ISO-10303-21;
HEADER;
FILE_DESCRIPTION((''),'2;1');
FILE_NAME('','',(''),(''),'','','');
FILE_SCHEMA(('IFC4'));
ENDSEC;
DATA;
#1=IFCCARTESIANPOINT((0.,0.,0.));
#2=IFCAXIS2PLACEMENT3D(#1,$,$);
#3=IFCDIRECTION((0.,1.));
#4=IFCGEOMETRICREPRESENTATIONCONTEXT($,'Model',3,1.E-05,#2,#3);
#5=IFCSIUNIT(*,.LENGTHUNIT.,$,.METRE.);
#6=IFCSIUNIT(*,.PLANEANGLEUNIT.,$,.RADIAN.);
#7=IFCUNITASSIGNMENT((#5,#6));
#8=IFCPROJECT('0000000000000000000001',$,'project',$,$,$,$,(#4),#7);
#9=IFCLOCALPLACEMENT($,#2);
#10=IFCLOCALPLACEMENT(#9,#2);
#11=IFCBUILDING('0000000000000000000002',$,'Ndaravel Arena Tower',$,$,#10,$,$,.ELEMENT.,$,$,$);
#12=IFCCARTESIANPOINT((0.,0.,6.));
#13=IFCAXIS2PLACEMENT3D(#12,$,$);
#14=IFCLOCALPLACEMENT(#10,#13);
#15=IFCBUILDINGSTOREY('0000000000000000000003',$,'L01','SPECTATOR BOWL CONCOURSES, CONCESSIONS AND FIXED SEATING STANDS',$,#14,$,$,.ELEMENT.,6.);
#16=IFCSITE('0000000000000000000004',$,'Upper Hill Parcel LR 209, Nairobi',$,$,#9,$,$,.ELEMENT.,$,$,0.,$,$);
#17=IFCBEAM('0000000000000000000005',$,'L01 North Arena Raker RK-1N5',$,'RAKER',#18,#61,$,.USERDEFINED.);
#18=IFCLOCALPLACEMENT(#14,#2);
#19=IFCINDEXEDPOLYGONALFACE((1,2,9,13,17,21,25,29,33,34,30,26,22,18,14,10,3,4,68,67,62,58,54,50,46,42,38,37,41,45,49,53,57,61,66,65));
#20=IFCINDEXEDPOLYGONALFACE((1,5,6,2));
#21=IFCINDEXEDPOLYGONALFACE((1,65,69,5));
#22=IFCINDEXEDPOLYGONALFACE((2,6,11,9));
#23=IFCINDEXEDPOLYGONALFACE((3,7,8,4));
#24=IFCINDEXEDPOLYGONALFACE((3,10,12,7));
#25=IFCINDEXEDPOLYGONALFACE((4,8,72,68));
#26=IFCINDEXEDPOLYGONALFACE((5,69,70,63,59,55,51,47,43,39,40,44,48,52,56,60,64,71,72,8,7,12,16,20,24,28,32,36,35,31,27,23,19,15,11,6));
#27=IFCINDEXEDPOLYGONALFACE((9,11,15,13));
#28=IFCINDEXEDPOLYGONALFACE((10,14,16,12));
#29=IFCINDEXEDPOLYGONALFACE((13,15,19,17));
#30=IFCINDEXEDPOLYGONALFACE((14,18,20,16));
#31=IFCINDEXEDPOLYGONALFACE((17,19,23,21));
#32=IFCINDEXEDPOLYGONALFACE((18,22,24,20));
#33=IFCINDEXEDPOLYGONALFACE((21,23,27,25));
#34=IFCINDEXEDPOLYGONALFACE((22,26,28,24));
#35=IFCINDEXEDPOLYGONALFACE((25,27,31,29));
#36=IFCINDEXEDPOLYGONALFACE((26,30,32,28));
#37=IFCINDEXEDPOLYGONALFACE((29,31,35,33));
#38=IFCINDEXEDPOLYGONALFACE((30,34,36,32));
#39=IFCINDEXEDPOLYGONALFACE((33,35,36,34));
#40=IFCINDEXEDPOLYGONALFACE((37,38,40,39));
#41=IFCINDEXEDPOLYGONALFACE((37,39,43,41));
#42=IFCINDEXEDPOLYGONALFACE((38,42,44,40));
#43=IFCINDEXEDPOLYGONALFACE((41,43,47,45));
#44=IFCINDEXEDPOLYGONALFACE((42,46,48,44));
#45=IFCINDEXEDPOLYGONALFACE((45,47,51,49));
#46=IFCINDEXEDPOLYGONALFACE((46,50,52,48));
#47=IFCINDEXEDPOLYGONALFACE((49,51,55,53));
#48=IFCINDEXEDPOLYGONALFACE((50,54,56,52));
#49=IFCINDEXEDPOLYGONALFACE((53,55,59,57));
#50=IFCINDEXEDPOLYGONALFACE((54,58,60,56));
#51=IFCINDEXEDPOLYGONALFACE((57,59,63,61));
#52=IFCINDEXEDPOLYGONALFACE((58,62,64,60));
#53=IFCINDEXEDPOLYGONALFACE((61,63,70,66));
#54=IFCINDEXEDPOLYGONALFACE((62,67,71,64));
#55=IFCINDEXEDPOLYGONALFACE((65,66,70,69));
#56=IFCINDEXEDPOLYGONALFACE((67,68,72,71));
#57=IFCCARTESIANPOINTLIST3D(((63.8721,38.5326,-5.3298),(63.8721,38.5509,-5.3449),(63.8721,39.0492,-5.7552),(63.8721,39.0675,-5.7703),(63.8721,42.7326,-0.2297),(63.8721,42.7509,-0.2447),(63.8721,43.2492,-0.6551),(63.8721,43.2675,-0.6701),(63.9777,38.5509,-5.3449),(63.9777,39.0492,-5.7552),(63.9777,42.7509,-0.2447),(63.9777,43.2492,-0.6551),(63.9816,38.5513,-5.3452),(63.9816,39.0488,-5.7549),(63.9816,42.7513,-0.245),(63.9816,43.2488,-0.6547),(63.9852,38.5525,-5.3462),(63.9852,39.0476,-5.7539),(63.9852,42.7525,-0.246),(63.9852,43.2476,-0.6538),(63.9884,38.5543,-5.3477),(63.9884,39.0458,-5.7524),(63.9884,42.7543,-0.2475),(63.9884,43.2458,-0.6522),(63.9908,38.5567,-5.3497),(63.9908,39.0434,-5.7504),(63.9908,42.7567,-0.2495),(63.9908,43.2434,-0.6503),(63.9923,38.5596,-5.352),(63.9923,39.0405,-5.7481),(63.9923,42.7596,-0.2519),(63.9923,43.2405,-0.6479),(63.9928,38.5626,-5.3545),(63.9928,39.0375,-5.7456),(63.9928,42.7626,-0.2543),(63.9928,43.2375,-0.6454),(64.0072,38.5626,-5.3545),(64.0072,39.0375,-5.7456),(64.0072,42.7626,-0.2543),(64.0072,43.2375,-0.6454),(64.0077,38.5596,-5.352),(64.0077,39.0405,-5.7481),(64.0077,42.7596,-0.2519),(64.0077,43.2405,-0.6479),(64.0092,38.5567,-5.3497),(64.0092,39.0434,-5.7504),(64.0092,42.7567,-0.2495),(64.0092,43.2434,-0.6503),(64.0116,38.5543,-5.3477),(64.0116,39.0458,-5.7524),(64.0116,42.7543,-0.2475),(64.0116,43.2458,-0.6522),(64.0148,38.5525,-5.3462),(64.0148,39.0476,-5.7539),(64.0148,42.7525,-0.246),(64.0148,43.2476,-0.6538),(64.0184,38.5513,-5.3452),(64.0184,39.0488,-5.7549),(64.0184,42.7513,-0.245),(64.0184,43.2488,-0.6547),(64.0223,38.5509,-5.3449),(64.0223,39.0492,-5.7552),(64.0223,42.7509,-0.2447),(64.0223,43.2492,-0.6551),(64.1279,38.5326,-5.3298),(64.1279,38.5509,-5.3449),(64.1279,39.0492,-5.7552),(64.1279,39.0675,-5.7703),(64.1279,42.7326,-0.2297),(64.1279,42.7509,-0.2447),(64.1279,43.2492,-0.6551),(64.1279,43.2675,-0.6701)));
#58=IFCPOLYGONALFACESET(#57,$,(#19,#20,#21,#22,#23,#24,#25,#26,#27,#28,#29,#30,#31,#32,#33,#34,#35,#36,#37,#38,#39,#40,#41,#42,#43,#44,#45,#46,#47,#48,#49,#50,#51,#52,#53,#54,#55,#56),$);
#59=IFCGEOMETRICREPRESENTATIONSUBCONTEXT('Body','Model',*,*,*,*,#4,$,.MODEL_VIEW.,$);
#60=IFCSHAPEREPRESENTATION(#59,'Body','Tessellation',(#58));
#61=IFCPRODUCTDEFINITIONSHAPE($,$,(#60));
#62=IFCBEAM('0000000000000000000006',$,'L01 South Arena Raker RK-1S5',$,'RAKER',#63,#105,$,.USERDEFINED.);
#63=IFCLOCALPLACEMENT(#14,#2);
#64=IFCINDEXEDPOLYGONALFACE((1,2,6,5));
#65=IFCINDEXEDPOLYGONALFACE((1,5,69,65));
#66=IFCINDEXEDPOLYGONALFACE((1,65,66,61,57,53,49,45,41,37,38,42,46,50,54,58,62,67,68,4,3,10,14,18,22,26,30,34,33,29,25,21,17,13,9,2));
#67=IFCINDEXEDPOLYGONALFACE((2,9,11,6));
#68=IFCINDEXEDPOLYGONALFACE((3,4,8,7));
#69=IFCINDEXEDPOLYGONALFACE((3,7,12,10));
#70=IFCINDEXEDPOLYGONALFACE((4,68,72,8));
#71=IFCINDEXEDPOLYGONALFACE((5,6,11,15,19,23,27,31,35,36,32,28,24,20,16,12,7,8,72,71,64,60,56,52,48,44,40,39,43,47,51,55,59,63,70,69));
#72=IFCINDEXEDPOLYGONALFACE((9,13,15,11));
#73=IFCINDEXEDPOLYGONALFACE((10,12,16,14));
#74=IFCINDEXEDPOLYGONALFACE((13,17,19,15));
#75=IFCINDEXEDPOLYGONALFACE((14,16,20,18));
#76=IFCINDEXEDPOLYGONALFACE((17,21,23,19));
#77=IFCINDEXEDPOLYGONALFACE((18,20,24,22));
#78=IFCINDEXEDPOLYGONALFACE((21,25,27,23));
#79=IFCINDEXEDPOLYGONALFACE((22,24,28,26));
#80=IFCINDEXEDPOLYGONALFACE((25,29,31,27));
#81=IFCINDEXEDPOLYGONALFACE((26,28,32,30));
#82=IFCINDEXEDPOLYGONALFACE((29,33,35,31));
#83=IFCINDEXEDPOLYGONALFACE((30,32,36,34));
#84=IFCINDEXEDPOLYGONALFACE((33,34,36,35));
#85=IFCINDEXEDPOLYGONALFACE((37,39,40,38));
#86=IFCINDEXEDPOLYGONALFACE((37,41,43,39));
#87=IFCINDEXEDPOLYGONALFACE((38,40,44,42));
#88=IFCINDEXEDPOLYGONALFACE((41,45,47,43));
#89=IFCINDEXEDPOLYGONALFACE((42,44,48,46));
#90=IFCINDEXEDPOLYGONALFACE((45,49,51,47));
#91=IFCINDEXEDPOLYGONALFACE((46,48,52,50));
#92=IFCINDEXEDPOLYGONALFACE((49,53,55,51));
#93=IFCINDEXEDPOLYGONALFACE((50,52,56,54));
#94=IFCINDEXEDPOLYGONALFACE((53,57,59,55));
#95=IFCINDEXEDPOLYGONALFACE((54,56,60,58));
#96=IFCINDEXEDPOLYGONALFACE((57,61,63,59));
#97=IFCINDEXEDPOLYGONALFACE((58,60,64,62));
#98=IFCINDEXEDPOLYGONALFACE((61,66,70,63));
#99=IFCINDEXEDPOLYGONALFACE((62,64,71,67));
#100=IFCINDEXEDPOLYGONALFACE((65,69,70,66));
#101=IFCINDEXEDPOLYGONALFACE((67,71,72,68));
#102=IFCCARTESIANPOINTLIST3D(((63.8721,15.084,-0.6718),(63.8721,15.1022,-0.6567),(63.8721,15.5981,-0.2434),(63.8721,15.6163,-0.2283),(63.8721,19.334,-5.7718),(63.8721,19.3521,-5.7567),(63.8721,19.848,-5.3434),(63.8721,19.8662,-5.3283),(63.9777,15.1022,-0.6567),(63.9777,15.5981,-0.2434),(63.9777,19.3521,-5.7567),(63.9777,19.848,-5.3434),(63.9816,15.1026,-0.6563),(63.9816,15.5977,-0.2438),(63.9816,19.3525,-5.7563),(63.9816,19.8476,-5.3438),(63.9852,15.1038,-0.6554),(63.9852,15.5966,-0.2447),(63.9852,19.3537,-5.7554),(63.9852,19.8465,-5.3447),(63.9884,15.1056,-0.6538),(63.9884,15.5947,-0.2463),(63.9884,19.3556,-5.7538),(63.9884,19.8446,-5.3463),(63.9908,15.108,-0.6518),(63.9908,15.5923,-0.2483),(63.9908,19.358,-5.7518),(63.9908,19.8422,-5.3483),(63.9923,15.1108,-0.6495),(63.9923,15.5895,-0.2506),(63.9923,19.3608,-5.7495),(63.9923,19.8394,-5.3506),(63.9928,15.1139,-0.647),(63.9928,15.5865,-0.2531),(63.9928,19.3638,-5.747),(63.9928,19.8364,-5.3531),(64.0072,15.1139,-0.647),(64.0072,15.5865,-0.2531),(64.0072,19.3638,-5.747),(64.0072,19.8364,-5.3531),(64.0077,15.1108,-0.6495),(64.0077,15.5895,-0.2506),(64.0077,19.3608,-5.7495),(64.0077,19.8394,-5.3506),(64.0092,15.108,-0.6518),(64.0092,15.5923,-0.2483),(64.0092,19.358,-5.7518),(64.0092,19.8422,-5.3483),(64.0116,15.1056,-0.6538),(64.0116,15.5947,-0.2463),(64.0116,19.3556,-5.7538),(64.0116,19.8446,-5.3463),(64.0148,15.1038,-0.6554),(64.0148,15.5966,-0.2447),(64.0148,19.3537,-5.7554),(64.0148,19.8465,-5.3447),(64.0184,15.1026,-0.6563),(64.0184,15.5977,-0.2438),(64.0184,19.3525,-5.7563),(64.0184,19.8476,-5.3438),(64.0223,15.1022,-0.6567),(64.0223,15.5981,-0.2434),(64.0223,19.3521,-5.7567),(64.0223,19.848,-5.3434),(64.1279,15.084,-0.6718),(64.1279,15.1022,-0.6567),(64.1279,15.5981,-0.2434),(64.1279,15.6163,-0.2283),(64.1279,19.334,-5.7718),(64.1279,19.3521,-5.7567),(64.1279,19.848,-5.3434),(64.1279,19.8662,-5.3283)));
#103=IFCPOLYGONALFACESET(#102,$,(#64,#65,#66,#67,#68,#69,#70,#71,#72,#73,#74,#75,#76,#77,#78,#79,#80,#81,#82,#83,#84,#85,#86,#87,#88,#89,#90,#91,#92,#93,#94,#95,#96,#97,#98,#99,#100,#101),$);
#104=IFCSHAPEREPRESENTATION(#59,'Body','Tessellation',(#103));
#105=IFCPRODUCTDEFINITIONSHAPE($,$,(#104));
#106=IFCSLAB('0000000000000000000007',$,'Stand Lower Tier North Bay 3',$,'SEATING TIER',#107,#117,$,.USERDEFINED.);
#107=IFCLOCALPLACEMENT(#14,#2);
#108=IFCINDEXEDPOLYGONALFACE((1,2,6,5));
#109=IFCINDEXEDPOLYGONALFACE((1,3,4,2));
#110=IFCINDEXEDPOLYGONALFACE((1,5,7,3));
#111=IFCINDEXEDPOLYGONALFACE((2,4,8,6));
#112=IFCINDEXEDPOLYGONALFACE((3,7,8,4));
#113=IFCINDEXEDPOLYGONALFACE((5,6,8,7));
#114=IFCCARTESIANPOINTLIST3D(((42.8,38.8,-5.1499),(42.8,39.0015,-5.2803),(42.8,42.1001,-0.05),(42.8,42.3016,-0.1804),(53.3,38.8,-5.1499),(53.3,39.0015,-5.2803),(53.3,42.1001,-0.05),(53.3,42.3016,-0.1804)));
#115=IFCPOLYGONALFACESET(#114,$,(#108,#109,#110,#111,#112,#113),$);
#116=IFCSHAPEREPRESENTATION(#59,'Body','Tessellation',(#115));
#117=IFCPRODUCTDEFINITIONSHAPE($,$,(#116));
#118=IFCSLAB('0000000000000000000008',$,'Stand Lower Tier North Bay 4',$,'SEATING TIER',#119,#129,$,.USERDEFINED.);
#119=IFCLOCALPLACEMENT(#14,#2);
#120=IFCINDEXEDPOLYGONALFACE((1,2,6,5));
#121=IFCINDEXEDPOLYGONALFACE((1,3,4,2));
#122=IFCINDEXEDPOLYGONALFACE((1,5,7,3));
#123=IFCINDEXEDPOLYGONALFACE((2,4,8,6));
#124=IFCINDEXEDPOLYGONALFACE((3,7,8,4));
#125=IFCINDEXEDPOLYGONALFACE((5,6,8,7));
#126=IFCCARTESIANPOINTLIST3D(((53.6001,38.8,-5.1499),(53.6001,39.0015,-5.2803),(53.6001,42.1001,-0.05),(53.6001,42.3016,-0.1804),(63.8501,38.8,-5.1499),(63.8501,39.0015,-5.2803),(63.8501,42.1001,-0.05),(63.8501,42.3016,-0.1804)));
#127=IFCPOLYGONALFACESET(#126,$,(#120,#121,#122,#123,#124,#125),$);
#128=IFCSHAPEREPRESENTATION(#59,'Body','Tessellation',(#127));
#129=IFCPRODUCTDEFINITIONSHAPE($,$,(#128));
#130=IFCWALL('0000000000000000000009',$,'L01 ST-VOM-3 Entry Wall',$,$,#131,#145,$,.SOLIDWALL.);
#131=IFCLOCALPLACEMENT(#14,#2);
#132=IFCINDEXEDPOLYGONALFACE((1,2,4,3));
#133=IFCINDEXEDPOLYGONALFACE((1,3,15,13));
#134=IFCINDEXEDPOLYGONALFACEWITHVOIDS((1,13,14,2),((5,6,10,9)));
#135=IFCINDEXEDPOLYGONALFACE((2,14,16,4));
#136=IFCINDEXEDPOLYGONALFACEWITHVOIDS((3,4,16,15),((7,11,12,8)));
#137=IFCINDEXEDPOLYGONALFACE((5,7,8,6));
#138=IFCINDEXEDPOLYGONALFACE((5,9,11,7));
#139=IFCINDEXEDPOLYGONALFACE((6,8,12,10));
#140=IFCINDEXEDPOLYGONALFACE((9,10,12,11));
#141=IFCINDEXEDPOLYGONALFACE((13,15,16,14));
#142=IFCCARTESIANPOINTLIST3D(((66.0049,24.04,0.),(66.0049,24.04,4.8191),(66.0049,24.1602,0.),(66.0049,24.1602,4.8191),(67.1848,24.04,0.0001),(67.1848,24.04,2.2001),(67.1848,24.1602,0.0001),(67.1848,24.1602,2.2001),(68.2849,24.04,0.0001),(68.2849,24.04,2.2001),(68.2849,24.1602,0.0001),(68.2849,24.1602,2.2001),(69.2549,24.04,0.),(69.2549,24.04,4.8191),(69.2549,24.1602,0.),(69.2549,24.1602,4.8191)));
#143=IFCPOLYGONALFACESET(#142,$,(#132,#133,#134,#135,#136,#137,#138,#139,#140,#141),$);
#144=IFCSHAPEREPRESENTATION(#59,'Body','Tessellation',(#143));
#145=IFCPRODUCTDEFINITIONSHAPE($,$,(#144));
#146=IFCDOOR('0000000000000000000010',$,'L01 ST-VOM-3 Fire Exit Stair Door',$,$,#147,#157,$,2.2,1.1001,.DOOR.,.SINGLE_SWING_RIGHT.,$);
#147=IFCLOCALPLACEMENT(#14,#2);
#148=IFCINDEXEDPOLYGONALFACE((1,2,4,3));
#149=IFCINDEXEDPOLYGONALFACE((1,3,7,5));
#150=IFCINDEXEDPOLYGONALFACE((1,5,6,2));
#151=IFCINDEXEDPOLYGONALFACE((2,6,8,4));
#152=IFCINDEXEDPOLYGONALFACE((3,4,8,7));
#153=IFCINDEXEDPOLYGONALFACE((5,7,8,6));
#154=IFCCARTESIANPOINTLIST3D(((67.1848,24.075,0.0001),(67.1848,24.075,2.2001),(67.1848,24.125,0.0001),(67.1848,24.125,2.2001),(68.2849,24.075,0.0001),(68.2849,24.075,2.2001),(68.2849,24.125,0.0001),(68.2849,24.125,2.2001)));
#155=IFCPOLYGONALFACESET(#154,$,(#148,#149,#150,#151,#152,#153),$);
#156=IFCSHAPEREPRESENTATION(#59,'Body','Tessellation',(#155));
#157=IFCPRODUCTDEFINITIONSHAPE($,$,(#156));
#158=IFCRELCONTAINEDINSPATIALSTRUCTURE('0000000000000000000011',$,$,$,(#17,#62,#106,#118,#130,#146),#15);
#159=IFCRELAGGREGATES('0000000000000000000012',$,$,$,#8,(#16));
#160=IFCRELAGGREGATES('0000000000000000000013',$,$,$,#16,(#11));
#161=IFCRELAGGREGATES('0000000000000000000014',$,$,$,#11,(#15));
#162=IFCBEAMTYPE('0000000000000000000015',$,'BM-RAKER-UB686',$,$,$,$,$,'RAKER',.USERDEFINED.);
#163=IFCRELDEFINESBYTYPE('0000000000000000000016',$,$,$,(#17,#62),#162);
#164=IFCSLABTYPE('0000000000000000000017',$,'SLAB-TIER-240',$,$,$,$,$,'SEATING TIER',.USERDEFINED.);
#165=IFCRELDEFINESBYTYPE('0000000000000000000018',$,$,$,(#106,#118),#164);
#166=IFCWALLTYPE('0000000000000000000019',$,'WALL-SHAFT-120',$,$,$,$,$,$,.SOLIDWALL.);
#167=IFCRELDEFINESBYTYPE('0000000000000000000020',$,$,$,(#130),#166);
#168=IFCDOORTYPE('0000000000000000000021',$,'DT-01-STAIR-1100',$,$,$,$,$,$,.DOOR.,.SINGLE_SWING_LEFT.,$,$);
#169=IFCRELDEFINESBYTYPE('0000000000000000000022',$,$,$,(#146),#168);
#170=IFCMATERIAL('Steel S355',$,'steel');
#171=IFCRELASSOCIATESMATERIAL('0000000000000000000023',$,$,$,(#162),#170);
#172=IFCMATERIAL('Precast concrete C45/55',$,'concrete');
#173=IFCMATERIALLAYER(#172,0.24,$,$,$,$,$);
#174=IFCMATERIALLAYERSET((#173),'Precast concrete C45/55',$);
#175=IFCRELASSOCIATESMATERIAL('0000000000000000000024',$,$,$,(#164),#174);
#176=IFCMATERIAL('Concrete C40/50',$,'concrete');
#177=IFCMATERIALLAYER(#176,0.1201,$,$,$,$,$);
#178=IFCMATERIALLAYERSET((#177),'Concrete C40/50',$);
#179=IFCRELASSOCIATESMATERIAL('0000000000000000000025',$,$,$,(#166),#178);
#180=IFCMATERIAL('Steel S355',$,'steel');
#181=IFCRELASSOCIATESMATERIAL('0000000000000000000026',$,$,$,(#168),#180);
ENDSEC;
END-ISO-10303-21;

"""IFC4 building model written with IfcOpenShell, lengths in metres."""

from ifc_helpers import new_model, si_unit, direction, frame, frame_2d, origin, origin_2d, place, context, subcontext, project, spatial, polyline, rectangle, i_section, outline, extrude, material, layer, layer_set, material_profile, profile_set, type_object, element, fill, save


model = new_model("IFC4")

# Units and contexts
model_context = context("Model", 3, precision=1e-05, world=origin(), true_north=direction((0.0, 1.0)))
body_context = subcontext(model_context, "Body", "Model", "MODEL_VIEW")
ifc_project = project(units=[si_unit("LENGTHUNIT", "METRE"), si_unit("PLANEANGLEUNIT", "RADIAN")], contexts=[model_context])

# Site, building, storey
site_placement = place(None, origin())
site = spatial("IfcSite", under=ifc_project, at=site_placement, Name="Upper Hill Parcel LR 209, Nairobi", CompositionType="ELEMENT", RefElevation=0.0)
building_placement = place(site_placement, origin())
building = spatial("IfcBuilding", under=site, at=building_placement, Name="Ndaravel Arena Tower", CompositionType="ELEMENT")
storey_placement = place(building_placement, frame((0.0, 0.0, 6.0)))
storey = spatial("IfcBuildingStorey", under=building, at=storey_placement, Name="L01", Description="SPECTATOR BOWL CONCOURSES, CONCESSIONS AND FIXED SEATING STANDS", CompositionType="ELEMENT", Elevation=6.0)

# Beams
ifc_material_1 = material(Name="Steel S355", Category="steel")
ifc_material_profile = material_profile(ifc_material_1, i_section(OverallWidth=0.2559, OverallDepth=0.6929, WebThickness=0.0144, FlangeThickness=0.0237, FilletRadius=0.0151, at=origin_2d()), Name="UB 686x254x170")
ifc_profile_set = profile_set([ifc_material_profile], Name="Steel S355")
beam_type = type_object("IfcBeamType", Name="BM-RAKER-UB686", ElementType="RAKER", PredefinedType="USERDEFINED", material=ifc_profile_set)
beam_1_placement = place(storey_placement, frame((64.0, 38.8, -5.55), z_axis=(0.0, 0.635696, 0.77194), x_axis=(-1.0, 0.0, 0.0)))
element("IfcBeam", 1, at=beam_1_placement, inside=storey, type_object=beam_type, Name="L01 North Arena Raker RK-1N5", ObjectType="RAKER", PredefinedType="USERDEFINED", context=body_context, shape_type="SweptSolid", body=[
    extrude(i_section(OverallWidth=0.2559, OverallDepth=0.6929, WebThickness=0.0144, FlangeThickness=0.0237, FilletRadius=0.0151, at=origin_2d()), origin(), (0.0, 0.0, 1.0), 6.6069),
])
beam_2_placement = place(storey_placement, frame((64.0, 19.6001, -5.55), z_axis=(0.0, -0.640177, 0.768227), x_axis=(1.0, 0.0, 0.0)))
element("IfcBeam", 2, at=beam_2_placement, inside=storey, type_object=beam_type, Name="L01 South Arena Raker RK-1S5", ObjectType="RAKER", PredefinedType="USERDEFINED", context=body_context, shape_type="SweptSolid", body=[
    extrude(i_section(OverallWidth=0.2559, OverallDepth=0.6929, WebThickness=0.0144, FlangeThickness=0.0237, FilletRadius=0.0151, at=origin_2d()), origin(), (0.0, 0.0, 1.0), 6.6387),
])

# Slabs
ifc_material_2 = material(Name="Precast concrete C45/55", Category="concrete")
ifc_layer_1 = layer(ifc_material_2, 0.24)
ifc_layer_set_1 = layer_set([ifc_layer_1], Name="Precast concrete C45/55")
slab_type = type_object("IfcSlabType", Name="SLAB-TIER-240", ElementType="SEATING TIER", PredefinedType="USERDEFINED", material=ifc_layer_set_1)
slab_1_placement = place(storey_placement, frame((42.8, 38.8, -5.1499), z_axis=(0.0, -0.839559, 0.543268), x_axis=(1.0, 0.0, 0.0)))
element("IfcSlab", 3, at=slab_1_placement, inside=storey, type_object=slab_type, Name="Stand Lower Tier North Bay 3", ObjectType="SEATING TIER", PredefinedType="USERDEFINED", context=body_context, shape_type="SweptSolid", body=[
    extrude(outline(polyline([(0.0, 0.0), (10.5, 0.0), (10.5, 6.0744), (0.0, 6.0744), (0.0, 0.0)])), origin(), (0.0, 0.0, -1.0), 0.24),
])
slab_2_placement = place(storey_placement, frame((53.6001, 38.8, -5.1499), z_axis=(0.0, -0.839559, 0.543268), x_axis=(1.0, 0.0, 0.0)))
element("IfcSlab", 4, at=slab_2_placement, inside=storey, type_object=slab_type, Name="Stand Lower Tier North Bay 4", ObjectType="SEATING TIER", PredefinedType="USERDEFINED", context=body_context, shape_type="SweptSolid", body=[
    extrude(outline(polyline([(0.0, 0.0), (10.25, 0.0), (10.25, 6.0744), (0.0, 6.0744), (0.0, 0.0)])), origin(), (0.0, 0.0, -1.0), 0.24),
])

# Wall, opening, door
ifc_material_3 = material(Name="Concrete C40/50", Category="concrete")
ifc_layer_2 = layer(ifc_material_3, 0.1201)
ifc_layer_set_2 = layer_set([ifc_layer_2], Name="Concrete C40/50")
wall_type_1 = type_object("IfcWallType", Name="WALL-SHAFT-120", PredefinedType="SOLIDWALL", material=ifc_layer_set_2)
wall_1_placement = place(storey_placement, frame((66.0049, 24.1001, 0.0), z_axis=(0.0, 0.0, 1.0), x_axis=(1.0, 0.0, 0.0)))
wall_1 = element("IfcWall", 5, at=wall_1_placement, inside=storey, type_object=wall_type_1, Name="L01 ST-VOM-3 Entry Wall", PredefinedType="SOLIDWALL", context=body_context, shape_type="SweptSolid", body=[
    extrude(rectangle(XDim=3.25, YDim=0.1201, at=frame_2d((1.625, 0.0))), origin(), (0.0, 0.0, 1.0), 4.8191),
])
opening_1_placement = place(wall_1_placement, frame((1.1799, 0.0, 0.0)))
opening_1 = element("IfcOpeningElement", 6, at=opening_1_placement, cuts=wall_1, PredefinedType="OPENING", context=body_context, shape_type="SweptSolid", body=[
    extrude(rectangle(XDim=1.1001, YDim=2.2, at=frame_2d((0.55, 1.1001))), frame((0.0, 0.0601, 0.0), z_axis=(0.0, -1.0, 0.0), x_axis=(1.0, 0.0, 0.0)), (0.0, 0.0, 1.0), 0.1201),
])
ifc_material_4 = material(Name="Steel S355", Category="steel")
door_type = type_object("IfcDoorType", Name="DT-01-STAIR-1100", OperationType="SINGLE_SWING_LEFT", PredefinedType="DOOR", material=ifc_material_4)
door_1_placement = place(opening_1_placement, origin())
door_1 = element("IfcDoor", 7, at=door_1_placement, inside=storey, type_object=door_type, Name="L01 ST-VOM-3 Fire Exit Stair Door", OperationType="SINGLE_SWING_RIGHT", OverallHeight=2.2, OverallWidth=1.1001, PredefinedType="DOOR", context=body_context, shape_type="SweptSolid", body=[
    extrude(rectangle(XDim=1.1001, YDim=2.2, at=frame_2d((0.55, 1.1001))), frame((0.0, 0.0249, 0.0), z_axis=(0.0, -1.0, 0.0), x_axis=(1.0, 0.0, 0.0)), (0.0, 0.0, 1.0), 0.05),
])
fill(opening_1, door_1)

save(model, "model.ifc")
